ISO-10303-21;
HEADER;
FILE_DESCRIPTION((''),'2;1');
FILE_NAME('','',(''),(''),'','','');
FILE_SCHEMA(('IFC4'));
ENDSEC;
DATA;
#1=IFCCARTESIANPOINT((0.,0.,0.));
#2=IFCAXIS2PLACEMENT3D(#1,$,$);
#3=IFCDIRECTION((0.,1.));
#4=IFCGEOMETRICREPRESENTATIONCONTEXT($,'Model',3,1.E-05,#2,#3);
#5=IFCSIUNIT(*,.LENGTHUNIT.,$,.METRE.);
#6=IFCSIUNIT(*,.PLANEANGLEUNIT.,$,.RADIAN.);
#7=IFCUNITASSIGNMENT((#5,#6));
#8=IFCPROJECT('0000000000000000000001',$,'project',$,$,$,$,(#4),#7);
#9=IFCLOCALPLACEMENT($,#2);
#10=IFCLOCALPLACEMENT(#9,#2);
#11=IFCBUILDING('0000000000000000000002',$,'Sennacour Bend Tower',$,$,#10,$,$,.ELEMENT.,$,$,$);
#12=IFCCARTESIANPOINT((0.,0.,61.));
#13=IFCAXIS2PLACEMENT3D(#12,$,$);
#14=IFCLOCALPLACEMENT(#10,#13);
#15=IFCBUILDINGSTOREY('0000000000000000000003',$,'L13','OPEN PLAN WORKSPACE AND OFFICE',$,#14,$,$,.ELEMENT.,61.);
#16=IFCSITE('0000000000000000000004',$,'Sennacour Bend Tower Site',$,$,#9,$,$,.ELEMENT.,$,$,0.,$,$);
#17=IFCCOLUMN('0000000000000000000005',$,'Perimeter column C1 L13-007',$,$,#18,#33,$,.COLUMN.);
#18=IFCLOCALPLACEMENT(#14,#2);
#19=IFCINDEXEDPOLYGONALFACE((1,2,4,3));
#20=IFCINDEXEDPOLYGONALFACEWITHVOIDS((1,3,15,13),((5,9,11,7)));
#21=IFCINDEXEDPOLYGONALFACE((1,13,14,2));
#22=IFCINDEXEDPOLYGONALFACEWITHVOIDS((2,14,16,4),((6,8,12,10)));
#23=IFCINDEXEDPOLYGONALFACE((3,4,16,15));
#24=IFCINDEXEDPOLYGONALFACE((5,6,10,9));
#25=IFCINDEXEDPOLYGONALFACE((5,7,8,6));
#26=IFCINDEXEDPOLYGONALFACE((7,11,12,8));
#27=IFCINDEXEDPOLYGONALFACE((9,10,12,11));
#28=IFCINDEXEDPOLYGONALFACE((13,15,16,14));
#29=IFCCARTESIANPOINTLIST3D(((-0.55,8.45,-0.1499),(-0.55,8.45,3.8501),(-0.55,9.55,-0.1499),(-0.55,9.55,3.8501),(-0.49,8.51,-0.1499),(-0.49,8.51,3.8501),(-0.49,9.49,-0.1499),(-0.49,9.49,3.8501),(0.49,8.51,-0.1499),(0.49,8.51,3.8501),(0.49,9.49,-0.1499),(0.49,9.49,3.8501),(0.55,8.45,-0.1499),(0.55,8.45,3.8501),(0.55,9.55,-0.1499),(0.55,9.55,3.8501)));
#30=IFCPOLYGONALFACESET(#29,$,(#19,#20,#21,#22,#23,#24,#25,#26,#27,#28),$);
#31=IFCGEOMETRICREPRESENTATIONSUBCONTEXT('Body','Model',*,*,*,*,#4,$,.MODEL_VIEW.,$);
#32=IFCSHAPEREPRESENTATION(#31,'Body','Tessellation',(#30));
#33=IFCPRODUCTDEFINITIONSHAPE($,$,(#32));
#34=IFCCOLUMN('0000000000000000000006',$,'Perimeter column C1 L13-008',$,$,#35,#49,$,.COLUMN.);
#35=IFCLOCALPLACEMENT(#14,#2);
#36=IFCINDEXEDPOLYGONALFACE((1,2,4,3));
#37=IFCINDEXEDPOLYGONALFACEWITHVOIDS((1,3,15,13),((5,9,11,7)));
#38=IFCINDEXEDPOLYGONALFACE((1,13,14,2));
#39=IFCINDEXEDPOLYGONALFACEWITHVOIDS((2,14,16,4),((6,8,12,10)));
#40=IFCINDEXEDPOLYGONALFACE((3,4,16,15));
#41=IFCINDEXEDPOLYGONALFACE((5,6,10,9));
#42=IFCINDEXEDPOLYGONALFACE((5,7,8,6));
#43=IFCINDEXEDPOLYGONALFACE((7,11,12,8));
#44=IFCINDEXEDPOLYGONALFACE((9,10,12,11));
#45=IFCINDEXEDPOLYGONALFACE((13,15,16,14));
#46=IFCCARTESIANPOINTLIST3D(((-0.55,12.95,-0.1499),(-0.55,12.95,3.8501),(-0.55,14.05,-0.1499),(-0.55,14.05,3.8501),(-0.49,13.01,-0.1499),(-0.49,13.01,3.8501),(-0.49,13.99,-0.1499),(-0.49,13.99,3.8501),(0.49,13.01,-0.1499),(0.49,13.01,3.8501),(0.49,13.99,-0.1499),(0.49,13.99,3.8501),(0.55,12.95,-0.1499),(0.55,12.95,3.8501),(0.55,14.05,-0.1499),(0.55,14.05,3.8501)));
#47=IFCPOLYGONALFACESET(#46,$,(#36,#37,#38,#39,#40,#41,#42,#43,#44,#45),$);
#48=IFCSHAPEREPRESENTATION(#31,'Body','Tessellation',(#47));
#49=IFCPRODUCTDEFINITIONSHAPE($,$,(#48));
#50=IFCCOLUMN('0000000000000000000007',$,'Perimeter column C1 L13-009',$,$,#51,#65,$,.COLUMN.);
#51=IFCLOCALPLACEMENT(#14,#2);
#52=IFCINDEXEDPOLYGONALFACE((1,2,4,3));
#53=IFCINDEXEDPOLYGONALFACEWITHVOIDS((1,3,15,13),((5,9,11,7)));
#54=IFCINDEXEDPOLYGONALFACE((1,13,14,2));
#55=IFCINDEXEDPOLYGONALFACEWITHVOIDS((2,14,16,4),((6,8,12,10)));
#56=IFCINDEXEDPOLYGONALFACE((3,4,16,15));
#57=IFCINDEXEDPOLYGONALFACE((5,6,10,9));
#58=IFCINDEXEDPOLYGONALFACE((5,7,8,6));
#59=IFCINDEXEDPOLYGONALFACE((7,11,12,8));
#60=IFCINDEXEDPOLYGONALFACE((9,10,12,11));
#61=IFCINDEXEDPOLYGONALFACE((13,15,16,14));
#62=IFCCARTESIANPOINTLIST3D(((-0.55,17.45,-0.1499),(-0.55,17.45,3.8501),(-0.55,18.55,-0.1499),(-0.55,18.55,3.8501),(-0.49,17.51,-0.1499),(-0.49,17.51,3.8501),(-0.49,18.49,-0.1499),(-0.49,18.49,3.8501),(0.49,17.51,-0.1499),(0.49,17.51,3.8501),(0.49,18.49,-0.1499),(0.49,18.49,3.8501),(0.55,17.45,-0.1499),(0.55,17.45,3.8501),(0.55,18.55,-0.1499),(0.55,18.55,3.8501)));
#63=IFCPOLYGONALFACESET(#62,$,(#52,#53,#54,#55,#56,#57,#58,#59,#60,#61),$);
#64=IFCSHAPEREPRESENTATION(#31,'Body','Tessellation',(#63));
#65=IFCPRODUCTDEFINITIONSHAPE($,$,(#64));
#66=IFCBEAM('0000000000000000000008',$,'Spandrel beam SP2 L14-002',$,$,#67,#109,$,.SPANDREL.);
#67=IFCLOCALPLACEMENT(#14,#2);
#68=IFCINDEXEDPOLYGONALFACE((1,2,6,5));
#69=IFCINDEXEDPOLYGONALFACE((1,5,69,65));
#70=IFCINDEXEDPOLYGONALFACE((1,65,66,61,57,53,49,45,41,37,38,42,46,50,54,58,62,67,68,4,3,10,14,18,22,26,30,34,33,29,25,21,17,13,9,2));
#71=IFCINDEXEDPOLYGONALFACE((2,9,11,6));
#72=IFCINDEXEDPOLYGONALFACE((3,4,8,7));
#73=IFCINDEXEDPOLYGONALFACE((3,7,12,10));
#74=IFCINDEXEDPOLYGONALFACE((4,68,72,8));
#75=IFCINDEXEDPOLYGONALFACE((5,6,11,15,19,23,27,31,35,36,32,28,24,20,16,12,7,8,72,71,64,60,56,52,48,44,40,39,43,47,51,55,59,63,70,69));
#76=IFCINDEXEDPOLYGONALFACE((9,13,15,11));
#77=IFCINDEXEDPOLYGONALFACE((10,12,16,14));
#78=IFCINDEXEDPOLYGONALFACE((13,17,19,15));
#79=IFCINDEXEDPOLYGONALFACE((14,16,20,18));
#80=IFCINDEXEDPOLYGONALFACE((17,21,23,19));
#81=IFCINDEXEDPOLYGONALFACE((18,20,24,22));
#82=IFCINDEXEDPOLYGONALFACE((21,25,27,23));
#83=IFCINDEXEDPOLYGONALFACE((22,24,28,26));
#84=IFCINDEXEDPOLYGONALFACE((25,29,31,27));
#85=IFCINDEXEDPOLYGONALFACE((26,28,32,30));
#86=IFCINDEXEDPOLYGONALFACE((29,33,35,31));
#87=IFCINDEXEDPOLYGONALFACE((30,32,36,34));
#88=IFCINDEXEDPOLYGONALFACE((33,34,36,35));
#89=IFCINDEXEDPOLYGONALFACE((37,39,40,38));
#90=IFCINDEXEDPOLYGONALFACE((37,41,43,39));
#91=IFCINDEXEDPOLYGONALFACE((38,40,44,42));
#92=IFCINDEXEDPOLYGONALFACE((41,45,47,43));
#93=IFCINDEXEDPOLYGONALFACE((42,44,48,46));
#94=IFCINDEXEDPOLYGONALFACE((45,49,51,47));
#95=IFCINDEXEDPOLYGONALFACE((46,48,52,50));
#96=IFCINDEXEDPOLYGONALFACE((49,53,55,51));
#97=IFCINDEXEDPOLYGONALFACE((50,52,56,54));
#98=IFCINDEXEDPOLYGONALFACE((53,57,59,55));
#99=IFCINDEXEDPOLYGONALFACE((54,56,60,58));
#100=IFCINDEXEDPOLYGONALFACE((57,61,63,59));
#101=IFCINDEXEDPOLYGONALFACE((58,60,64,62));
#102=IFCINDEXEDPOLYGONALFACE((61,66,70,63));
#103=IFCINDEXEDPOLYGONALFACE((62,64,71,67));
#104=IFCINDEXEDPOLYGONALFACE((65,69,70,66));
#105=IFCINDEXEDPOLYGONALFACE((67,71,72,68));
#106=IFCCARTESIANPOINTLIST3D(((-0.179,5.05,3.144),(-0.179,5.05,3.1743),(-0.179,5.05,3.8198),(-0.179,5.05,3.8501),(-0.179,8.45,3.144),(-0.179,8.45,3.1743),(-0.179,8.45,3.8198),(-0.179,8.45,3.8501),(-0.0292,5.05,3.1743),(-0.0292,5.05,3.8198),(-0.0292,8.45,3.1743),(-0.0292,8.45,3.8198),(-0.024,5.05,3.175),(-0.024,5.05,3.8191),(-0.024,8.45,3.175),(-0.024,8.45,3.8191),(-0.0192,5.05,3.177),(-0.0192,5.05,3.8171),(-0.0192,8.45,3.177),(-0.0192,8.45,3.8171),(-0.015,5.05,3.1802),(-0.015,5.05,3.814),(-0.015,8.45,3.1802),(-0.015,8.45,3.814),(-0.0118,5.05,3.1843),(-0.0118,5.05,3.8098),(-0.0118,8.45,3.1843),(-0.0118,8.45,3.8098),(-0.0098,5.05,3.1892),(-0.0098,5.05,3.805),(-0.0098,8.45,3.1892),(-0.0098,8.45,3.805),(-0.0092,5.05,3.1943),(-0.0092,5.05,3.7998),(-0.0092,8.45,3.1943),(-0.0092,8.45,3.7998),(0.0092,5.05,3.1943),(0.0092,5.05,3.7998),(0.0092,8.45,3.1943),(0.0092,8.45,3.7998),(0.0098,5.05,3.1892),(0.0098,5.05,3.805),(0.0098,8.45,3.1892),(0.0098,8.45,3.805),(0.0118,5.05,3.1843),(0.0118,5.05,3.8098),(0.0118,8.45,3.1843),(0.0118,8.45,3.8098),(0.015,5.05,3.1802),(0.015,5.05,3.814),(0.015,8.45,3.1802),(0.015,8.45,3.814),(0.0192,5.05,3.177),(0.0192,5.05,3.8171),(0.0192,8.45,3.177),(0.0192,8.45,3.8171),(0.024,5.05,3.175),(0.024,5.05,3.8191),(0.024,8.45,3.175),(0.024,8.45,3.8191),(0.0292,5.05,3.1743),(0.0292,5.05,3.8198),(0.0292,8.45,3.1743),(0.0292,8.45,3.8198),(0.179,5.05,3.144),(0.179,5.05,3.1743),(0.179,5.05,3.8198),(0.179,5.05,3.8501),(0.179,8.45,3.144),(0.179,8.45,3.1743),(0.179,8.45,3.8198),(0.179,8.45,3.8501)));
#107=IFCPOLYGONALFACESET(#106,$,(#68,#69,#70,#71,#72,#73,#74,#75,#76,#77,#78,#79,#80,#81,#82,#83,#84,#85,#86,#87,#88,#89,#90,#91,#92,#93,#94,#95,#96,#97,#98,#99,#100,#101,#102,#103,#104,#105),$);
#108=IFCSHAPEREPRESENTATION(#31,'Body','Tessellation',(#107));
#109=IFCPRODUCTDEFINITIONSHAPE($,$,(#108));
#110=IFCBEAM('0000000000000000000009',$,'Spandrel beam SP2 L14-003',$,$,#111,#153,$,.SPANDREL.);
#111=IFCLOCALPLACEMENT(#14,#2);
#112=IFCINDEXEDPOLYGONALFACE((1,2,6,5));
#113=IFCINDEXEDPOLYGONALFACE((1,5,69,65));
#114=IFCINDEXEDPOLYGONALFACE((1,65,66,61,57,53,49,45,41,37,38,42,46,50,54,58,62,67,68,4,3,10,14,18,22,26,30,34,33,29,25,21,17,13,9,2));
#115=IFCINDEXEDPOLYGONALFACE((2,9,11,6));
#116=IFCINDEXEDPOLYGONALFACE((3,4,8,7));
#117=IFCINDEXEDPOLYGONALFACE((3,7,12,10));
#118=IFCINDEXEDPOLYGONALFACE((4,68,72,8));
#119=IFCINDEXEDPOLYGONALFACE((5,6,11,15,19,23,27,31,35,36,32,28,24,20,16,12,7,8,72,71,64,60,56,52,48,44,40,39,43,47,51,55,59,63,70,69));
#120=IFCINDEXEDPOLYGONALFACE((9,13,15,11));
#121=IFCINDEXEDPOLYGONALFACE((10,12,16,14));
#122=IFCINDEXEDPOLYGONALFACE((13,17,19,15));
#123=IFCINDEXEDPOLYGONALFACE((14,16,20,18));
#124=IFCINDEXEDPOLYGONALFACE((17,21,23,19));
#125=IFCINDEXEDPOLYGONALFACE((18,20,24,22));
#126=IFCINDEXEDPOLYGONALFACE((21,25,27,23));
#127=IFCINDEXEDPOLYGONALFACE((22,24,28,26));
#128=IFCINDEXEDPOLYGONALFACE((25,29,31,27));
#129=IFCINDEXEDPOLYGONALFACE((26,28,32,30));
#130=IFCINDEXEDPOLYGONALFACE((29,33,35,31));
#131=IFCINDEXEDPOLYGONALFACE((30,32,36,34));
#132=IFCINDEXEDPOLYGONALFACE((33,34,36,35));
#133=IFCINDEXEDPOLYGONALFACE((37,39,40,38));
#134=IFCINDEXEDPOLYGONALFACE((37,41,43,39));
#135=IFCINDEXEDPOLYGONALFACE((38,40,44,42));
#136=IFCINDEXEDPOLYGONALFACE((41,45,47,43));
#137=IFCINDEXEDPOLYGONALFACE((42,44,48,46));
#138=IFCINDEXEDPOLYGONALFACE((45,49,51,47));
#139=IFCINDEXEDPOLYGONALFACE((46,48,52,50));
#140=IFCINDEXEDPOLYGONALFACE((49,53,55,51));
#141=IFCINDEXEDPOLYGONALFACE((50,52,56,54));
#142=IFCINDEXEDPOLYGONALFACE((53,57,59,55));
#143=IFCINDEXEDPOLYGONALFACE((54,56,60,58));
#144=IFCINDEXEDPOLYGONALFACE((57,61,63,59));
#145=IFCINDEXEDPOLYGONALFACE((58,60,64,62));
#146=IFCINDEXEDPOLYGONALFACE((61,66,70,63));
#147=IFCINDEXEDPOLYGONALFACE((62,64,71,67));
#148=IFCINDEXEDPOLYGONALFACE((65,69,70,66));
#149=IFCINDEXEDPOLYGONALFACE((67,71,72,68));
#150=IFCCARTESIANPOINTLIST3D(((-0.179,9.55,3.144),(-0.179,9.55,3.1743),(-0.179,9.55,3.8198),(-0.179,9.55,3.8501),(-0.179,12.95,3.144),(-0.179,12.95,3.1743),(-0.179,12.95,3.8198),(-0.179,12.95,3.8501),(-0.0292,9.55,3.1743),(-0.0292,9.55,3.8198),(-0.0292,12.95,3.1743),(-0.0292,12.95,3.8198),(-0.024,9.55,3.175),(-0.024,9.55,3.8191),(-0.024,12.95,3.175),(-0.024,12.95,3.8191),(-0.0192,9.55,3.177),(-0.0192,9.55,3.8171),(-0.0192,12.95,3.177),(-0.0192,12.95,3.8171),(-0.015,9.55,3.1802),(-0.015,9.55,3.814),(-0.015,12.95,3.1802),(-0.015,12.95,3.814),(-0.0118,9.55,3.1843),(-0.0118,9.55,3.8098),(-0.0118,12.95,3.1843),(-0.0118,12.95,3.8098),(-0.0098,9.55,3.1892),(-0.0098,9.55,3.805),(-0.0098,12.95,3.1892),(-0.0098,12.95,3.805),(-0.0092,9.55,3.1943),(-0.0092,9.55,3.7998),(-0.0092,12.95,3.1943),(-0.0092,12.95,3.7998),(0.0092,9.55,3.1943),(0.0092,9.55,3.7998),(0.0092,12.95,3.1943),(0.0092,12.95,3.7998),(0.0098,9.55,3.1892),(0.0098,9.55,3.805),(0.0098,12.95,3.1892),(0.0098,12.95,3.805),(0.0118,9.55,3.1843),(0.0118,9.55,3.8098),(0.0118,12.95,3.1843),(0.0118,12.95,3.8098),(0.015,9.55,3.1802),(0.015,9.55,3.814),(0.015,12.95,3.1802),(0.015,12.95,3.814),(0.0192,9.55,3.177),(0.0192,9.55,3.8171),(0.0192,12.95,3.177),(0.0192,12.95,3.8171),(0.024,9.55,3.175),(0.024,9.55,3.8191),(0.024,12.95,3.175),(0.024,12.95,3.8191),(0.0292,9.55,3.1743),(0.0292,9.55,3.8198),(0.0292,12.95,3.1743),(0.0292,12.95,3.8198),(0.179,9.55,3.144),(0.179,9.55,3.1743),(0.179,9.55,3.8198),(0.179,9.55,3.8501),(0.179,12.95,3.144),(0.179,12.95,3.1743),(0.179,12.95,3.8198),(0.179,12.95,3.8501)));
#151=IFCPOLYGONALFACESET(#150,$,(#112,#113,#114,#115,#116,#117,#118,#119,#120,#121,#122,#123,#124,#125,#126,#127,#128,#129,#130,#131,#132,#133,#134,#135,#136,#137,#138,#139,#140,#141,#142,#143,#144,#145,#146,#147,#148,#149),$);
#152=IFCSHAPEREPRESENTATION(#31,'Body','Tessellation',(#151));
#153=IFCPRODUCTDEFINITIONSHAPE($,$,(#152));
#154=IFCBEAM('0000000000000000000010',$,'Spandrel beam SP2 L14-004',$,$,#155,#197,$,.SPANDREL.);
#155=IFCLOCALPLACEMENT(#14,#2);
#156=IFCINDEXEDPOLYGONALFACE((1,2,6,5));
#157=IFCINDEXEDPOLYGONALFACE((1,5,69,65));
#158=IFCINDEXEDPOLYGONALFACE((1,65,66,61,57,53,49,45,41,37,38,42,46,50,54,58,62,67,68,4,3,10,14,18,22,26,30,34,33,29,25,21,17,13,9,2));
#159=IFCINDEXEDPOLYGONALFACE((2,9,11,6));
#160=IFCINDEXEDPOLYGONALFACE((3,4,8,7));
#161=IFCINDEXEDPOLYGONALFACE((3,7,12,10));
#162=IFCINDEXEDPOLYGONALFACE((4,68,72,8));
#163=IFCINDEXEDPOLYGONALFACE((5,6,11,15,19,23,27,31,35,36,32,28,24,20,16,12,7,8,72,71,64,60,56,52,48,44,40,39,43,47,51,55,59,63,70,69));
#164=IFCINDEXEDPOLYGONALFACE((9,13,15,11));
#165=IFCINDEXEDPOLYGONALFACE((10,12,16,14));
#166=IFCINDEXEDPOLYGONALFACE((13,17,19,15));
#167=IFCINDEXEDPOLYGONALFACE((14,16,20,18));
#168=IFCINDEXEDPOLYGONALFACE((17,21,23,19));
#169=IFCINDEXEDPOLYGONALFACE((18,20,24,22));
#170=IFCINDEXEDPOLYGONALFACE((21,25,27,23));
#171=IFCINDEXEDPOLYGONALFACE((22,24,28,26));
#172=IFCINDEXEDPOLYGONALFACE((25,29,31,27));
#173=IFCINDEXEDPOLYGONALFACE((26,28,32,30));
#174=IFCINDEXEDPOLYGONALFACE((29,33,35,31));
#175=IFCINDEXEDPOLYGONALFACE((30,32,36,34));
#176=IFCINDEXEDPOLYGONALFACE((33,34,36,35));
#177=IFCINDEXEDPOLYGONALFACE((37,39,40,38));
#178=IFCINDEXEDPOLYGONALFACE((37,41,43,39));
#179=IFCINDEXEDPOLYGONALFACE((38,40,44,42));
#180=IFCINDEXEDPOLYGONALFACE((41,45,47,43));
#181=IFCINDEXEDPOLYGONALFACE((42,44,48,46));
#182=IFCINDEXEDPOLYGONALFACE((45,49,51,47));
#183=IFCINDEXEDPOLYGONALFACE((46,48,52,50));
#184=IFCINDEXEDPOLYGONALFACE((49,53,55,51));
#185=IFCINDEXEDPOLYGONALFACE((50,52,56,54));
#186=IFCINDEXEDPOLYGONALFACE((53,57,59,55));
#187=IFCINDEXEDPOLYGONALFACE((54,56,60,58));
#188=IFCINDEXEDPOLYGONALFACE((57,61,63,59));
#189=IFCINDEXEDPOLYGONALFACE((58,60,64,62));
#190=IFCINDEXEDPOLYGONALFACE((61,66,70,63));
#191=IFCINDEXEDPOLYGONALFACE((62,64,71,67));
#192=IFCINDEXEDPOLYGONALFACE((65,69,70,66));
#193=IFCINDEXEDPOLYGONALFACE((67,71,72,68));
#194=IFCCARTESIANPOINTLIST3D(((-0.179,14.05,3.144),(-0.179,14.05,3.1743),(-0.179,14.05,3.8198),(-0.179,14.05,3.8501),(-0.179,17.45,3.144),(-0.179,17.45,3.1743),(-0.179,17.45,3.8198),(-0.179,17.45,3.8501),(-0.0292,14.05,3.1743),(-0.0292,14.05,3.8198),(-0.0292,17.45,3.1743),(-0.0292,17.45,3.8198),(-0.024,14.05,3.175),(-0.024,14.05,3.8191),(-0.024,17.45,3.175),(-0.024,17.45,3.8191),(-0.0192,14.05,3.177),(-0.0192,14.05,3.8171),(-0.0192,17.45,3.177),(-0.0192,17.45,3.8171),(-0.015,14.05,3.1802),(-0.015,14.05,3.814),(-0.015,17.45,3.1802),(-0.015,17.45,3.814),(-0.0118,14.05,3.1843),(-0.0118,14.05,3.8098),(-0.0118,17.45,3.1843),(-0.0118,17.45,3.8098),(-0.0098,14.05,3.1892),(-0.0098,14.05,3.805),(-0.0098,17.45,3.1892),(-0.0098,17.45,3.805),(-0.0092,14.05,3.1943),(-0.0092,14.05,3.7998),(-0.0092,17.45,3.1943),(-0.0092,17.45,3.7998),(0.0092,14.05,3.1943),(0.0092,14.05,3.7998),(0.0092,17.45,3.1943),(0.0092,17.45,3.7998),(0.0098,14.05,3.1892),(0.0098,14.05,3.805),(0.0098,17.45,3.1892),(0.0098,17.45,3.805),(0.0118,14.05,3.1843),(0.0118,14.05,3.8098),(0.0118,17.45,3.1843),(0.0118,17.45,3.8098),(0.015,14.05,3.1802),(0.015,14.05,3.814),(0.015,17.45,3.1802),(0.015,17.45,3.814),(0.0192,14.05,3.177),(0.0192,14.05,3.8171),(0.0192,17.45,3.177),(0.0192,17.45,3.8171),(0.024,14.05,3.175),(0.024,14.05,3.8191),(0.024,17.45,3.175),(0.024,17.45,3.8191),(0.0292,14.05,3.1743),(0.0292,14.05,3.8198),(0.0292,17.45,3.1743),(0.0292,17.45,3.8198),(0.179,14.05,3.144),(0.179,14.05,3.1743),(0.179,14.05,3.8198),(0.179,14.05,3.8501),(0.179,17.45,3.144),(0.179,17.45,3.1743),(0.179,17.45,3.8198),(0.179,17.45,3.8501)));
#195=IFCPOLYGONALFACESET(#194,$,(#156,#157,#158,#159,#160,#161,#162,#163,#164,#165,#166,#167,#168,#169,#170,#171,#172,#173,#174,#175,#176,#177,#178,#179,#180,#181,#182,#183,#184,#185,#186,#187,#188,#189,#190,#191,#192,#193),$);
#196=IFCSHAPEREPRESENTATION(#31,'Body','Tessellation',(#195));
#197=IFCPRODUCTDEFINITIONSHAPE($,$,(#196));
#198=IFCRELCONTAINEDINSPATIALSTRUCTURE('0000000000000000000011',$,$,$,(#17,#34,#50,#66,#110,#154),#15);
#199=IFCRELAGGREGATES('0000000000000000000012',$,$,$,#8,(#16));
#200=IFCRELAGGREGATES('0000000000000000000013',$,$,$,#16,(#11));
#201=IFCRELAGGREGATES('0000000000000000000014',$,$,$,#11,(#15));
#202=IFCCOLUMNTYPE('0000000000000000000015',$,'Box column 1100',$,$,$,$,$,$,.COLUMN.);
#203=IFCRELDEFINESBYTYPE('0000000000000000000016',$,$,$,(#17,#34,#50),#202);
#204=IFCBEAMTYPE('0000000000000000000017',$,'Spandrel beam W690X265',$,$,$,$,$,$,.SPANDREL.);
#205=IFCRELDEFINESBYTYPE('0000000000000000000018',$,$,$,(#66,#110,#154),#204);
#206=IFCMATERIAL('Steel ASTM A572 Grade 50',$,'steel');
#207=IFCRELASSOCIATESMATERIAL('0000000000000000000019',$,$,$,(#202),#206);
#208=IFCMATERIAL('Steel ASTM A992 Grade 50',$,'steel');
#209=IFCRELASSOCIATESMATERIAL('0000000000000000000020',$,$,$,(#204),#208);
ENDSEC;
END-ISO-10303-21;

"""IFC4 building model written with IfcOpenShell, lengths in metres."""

from ifc_helpers import new_model, si_unit, direction, frame, origin, origin_2d, place, context, subcontext, project, spatial, hollow_rectangle, i_section, extrude, material, material_profile, profile_set, type_object, element, save


model = new_model("IFC4")

# Units and contexts
model_context = context("Model", 3, precision=1e-05, world=origin(), true_north=direction((0.0, 1.0)))
body_context = subcontext(model_context, "Body", "Model", "MODEL_VIEW")
ifc_project = project(units=[si_unit("LENGTHUNIT", "METRE"), si_unit("PLANEANGLEUNIT", "RADIAN")], contexts=[model_context])

# Site, building, storey
site_placement = place(None, origin())
site = spatial("IfcSite", under=ifc_project, at=site_placement, Name="Sennacour Bend Tower Site", CompositionType="ELEMENT", RefElevation=0.0)
building_placement = place(site_placement, origin())
building = spatial("IfcBuilding", under=site, at=building_placement, Name="Sennacour Bend Tower", CompositionType="ELEMENT")
storey_placement = place(building_placement, frame((0.0, 0.0, 61.0)))
storey = spatial("IfcBuildingStorey", under=building, at=storey_placement, Name="L13", Description="OPEN PLAN WORKSPACE AND OFFICE", CompositionType="ELEMENT", Elevation=61.0)

# Columns
ifc_material_1 = material(Name="Steel ASTM A572 Grade 50", Category="steel")
ifc_material_profile_1 = material_profile(ifc_material_1, hollow_rectangle(XDim=1.1001, YDim=1.1001, WallThickness=0.0601, at=origin_2d()), Name="Steel ASTM A572 Grade 50", Category="steel")
ifc_profile_set_1 = profile_set([ifc_material_profile_1], Name="Steel ASTM A572 Grade 50")
column_type = type_object("IfcColumnType", Name="Box column 1100", PredefinedType="COLUMN", material=ifc_profile_set_1)
for number, where, z_axis, x_axis, name in (
    (1, (0.0, 9.0, -0.1499), (0.0, 0.0, 1.0), (1.0, 0.0, 0.0), "Perimeter column C1 L13-007"),
    (2, (0.0, 13.5, -0.1499), (0.0, 0.0, 1.0), (1.0, 0.0, 0.0), "Perimeter column C1 L13-008"),
    (3, (0.0, 18.0, -0.1499), (0.0, 0.0, 1.0), (1.0, 0.0, 0.0), "Perimeter column C1 L13-009"),
):
    element("IfcColumn", number, at=place(storey_placement, frame(where, z_axis=z_axis, x_axis=x_axis)), inside=storey, type_object=column_type, Name=name, PredefinedType="COLUMN", context=body_context, shape_type="SweptSolid", body=[
        extrude(hollow_rectangle(XDim=1.1001, YDim=1.1001, WallThickness=0.0601, at=origin_2d()), origin(), (0.0, 0.0, 1.0), 4.0),
    ])

# Beams
ifc_material_2 = material(Name="Steel ASTM A992 Grade 50", Category="steel")
ifc_material_profile_2 = material_profile(ifc_material_2, i_section(OverallWidth=0.3579, OverallDepth=0.7061, WebThickness=0.0183, FlangeThickness=0.0303, FilletRadius=0.02, at=origin_2d()), Name="Steel ASTM A992 Grade 50", Category="steel")
ifc_profile_set_2 = profile_set([ifc_material_profile_2], Name="Steel ASTM A992 Grade 50")
beam_type = type_object("IfcBeamType", Name="Spandrel beam W690X265", PredefinedType="SPANDREL", material=ifc_profile_set_2)
for number, where, z_axis, x_axis, name in (
    (4, (0.0, 5.05, 3.4971), (0.0, 1.0, 0.0), (-1.0, 0.0, 0.0), "Spandrel beam SP2 L14-002"),
    (5, (0.0, 9.55, 3.4971), (0.0, 1.0, 0.0), (-1.0, 0.0, 0.0), "Spandrel beam SP2 L14-003"),
    (6, (0.0, 14.05, 3.4971), (0.0, 1.0, 0.0), (-1.0, 0.0, 0.0), "Spandrel beam SP2 L14-004"),
):
    element("IfcBeam", number, at=place(storey_placement, frame(where, z_axis=z_axis, x_axis=x_axis)), inside=storey, type_object=beam_type, Name=name, PredefinedType="SPANDREL", context=body_context, shape_type="SweptSolid", body=[
        extrude(i_section(OverallWidth=0.3579, OverallDepth=0.7061, WebThickness=0.0183, FlangeThickness=0.0303, FilletRadius=0.02, at=origin_2d()), origin(), (0.0, 0.0, 1.0), 3.3999),
    ])

save(model, "model.ifc")
